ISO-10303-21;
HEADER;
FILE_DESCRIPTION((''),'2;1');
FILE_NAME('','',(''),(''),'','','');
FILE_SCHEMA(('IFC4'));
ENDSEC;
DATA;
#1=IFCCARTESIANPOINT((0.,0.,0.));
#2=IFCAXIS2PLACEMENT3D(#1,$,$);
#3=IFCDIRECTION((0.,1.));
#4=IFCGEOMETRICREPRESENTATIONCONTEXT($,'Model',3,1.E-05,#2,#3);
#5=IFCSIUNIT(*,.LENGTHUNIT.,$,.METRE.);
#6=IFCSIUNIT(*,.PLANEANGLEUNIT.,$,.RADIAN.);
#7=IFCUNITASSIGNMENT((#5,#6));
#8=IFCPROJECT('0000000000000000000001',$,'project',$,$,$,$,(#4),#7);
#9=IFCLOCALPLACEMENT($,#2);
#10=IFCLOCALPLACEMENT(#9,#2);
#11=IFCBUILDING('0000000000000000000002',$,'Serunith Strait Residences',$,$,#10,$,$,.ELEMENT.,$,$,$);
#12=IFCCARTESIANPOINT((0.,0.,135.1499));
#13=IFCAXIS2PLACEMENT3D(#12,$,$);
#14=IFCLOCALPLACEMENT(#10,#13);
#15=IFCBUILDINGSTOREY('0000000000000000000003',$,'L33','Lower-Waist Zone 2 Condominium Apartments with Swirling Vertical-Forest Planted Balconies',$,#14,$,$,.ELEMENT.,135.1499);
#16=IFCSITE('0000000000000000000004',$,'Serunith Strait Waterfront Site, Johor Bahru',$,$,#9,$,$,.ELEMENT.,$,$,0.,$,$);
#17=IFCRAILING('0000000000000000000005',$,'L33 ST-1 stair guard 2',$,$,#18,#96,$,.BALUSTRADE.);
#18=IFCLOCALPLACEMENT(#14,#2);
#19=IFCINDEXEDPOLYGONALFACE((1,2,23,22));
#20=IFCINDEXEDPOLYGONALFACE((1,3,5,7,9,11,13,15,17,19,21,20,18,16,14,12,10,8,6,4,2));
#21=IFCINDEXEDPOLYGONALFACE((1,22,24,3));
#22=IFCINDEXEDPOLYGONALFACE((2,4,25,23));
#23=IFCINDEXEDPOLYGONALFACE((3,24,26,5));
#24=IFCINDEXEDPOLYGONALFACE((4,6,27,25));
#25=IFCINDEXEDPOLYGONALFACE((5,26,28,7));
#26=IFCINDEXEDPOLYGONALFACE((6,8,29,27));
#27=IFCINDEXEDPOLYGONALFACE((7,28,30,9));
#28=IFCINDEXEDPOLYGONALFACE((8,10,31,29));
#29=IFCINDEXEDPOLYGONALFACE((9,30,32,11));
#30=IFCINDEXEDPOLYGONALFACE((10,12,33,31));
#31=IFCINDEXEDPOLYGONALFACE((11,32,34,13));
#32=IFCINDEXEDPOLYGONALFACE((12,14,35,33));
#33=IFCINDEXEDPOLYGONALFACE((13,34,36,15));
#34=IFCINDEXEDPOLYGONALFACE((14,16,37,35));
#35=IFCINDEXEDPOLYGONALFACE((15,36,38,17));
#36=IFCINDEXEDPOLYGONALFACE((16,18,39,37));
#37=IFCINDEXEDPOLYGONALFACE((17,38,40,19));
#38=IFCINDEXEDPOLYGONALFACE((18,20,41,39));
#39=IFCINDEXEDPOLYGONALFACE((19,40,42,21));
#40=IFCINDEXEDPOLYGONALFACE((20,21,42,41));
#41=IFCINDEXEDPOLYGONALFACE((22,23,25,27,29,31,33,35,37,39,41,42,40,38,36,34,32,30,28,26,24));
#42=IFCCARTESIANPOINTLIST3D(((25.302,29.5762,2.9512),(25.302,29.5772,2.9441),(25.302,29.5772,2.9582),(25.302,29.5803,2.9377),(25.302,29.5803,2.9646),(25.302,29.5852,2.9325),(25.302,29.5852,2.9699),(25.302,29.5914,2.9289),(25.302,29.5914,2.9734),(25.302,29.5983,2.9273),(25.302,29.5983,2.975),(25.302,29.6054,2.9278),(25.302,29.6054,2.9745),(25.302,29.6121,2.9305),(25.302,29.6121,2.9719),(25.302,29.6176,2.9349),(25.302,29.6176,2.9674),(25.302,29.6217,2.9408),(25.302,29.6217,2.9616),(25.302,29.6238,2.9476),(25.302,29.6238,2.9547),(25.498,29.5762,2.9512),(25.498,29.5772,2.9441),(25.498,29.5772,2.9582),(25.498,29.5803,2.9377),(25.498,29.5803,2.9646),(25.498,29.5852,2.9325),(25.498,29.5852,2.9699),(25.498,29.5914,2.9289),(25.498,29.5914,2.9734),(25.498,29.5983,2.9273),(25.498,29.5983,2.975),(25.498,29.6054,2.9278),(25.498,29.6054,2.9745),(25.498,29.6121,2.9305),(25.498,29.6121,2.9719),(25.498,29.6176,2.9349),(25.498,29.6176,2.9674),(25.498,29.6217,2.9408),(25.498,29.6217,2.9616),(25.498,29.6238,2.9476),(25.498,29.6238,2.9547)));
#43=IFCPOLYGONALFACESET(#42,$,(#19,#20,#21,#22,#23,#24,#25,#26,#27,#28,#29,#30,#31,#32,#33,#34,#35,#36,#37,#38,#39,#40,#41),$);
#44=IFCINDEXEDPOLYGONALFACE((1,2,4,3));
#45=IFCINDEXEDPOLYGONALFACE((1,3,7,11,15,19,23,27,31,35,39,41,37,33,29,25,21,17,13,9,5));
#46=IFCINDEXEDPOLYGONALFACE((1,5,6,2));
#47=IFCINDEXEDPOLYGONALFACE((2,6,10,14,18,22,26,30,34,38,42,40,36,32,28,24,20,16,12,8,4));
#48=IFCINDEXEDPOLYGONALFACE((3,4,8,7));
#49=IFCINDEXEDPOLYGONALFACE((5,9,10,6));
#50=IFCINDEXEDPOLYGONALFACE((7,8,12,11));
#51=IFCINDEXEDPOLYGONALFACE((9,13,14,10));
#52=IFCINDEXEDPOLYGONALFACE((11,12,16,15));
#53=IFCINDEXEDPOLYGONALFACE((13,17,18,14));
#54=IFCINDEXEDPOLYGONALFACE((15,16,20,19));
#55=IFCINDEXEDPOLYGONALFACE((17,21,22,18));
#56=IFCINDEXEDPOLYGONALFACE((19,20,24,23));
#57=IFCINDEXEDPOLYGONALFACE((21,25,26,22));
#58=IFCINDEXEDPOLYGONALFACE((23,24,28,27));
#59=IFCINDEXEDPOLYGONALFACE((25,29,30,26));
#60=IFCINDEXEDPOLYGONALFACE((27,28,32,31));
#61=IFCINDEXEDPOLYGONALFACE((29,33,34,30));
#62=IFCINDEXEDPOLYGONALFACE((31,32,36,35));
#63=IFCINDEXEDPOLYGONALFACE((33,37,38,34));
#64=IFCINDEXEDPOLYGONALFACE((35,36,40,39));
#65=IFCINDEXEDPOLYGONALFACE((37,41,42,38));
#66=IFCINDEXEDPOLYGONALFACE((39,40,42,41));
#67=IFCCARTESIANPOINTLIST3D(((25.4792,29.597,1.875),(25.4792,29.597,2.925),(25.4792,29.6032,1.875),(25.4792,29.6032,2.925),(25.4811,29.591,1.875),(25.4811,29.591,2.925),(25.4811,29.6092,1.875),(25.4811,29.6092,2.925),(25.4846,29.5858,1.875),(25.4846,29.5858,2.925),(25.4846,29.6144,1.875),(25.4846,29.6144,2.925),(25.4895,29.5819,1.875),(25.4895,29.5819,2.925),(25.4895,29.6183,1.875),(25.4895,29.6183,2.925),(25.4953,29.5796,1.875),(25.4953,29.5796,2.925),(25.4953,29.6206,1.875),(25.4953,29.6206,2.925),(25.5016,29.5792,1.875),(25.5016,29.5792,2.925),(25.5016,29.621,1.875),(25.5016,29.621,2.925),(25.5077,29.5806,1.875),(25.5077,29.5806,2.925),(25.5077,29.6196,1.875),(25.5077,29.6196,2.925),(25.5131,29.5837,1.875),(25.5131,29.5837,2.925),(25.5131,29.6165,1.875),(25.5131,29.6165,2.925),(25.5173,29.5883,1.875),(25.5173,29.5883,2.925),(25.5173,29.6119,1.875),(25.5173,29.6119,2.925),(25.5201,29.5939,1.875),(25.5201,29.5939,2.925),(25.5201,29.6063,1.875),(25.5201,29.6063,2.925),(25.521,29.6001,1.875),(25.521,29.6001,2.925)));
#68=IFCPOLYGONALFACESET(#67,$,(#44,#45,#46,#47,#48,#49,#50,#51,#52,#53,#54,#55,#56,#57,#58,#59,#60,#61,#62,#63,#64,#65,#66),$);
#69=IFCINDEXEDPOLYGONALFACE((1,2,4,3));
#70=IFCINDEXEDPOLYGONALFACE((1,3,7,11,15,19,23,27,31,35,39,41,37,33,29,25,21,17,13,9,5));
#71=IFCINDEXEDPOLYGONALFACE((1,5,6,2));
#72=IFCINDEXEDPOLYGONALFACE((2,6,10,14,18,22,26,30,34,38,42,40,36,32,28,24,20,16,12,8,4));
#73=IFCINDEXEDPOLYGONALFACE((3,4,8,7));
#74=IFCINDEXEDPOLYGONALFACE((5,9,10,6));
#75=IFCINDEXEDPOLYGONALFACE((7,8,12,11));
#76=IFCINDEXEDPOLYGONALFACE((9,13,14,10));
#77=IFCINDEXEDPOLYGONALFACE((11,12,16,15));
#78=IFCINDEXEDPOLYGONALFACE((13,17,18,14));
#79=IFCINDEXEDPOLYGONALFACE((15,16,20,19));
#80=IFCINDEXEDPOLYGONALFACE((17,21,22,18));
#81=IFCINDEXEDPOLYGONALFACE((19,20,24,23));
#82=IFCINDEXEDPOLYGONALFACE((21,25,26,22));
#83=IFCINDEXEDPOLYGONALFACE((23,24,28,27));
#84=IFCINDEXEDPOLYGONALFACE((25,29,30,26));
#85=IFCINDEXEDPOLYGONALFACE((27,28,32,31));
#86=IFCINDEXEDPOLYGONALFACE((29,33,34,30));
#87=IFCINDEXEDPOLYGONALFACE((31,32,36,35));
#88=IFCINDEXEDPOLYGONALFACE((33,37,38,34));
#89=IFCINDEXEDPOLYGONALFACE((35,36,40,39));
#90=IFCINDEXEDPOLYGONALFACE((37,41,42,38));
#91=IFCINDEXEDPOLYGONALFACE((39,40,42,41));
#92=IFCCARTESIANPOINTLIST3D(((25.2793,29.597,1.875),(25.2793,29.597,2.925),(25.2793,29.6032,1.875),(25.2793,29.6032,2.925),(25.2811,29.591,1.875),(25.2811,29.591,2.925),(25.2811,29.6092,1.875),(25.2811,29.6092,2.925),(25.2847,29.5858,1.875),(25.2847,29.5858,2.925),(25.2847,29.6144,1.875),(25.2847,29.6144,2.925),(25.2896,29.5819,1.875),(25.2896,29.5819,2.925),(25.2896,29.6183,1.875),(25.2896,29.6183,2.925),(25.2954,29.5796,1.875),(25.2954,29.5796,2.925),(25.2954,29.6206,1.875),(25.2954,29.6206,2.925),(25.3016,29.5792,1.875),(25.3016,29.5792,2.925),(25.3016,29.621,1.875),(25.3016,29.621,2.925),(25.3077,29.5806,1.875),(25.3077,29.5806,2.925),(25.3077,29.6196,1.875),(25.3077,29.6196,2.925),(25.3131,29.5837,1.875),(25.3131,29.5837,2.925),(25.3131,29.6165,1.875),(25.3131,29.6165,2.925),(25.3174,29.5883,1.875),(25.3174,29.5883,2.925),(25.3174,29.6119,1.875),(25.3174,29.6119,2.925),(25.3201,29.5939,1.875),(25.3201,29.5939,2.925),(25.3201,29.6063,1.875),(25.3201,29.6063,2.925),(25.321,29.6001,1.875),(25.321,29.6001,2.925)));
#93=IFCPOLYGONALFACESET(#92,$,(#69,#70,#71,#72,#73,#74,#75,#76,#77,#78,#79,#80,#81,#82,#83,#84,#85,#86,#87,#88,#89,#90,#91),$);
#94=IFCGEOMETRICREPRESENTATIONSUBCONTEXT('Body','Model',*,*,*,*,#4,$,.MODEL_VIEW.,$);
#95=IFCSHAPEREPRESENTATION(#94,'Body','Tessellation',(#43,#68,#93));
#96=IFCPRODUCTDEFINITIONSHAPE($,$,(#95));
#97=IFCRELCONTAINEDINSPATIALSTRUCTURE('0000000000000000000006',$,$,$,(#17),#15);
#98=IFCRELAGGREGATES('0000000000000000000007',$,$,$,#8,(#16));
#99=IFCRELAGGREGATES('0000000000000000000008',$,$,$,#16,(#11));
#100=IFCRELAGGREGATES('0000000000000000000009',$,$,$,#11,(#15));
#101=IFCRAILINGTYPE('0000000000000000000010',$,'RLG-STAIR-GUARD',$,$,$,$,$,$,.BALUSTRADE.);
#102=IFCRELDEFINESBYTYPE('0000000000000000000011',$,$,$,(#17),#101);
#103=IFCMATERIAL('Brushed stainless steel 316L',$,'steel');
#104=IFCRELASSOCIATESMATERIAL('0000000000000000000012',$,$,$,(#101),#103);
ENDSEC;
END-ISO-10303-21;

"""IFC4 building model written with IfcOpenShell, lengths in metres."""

from ifc_helpers import new_model, si_unit, direction, frame, origin, origin_2d, place, context, subcontext, project, spatial, circle, extrude, material, type_object, element, save


model = new_model("IFC4")

# Units and contexts
model_context = context("Model", 3, precision=1e-05, world=origin(), true_north=direction((0.0, 1.0)))
body_context = subcontext(model_context, "Body", "Model", "MODEL_VIEW")
ifc_project = project(units=[si_unit("LENGTHUNIT", "METRE"), si_unit("PLANEANGLEUNIT", "RADIAN")], contexts=[model_context])

# Site, building, storey
site_placement = place(None, origin())
site = spatial("IfcSite", under=ifc_project, at=site_placement, Name="Serunith Strait Waterfront Site, Johor Bahru", CompositionType="ELEMENT", RefElevation=0.0)
building_placement = place(site_placement, origin())
building = spatial("IfcBuilding", under=site, at=building_placement, Name="Serunith Strait Residences", CompositionType="ELEMENT")
storey_placement = place(building_placement, frame((0.0, 0.0, 135.1499)))
storey = spatial("IfcBuildingStorey", under=building, at=storey_placement, Name="L33", Description="Lower-Waist Zone 2 Condominium Apartments with Swirling Vertical-Forest Planted Balconies", CompositionType="ELEMENT", Elevation=135.1499)

# Railing
ifc_material_1 = material(Name="Brushed stainless steel 316L", Category="steel")
railing_type_1 = type_object("IfcRailingType", Name="RLG-STAIR-GUARD", PredefinedType="BALUSTRADE", material=ifc_material_1)
railing_1_placement = place(storey_placement, frame((25.5, 29.6001, 1.875)))
element("IfcRailing", 1, at=railing_1_placement, inside=storey, type_object=railing_type_1, Name="L33 ST-1 stair guard 2", PredefinedType="BALUSTRADE", context=body_context, shape_type="SweptSolid", body=[
    extrude(circle(Radius=0.0239, at=origin_2d()), frame((-0.002, 0.0, 1.0762), z_axis=(-1.0, 0.0, 0.0), x_axis=(0.0, -1.0, 0.0)), (0.0, 0.0, 1.0), 0.196),
    extrude(circle(Radius=0.021, at=origin_2d()), origin(), (0.0, 0.0, 1.0), 1.05),
    extrude(circle(Radius=0.021, at=origin_2d()), frame((-0.2, 0.0, 0.0)), (0.0, 0.0, 1.0), 1.05),
])

save(model, "model.ifc")
